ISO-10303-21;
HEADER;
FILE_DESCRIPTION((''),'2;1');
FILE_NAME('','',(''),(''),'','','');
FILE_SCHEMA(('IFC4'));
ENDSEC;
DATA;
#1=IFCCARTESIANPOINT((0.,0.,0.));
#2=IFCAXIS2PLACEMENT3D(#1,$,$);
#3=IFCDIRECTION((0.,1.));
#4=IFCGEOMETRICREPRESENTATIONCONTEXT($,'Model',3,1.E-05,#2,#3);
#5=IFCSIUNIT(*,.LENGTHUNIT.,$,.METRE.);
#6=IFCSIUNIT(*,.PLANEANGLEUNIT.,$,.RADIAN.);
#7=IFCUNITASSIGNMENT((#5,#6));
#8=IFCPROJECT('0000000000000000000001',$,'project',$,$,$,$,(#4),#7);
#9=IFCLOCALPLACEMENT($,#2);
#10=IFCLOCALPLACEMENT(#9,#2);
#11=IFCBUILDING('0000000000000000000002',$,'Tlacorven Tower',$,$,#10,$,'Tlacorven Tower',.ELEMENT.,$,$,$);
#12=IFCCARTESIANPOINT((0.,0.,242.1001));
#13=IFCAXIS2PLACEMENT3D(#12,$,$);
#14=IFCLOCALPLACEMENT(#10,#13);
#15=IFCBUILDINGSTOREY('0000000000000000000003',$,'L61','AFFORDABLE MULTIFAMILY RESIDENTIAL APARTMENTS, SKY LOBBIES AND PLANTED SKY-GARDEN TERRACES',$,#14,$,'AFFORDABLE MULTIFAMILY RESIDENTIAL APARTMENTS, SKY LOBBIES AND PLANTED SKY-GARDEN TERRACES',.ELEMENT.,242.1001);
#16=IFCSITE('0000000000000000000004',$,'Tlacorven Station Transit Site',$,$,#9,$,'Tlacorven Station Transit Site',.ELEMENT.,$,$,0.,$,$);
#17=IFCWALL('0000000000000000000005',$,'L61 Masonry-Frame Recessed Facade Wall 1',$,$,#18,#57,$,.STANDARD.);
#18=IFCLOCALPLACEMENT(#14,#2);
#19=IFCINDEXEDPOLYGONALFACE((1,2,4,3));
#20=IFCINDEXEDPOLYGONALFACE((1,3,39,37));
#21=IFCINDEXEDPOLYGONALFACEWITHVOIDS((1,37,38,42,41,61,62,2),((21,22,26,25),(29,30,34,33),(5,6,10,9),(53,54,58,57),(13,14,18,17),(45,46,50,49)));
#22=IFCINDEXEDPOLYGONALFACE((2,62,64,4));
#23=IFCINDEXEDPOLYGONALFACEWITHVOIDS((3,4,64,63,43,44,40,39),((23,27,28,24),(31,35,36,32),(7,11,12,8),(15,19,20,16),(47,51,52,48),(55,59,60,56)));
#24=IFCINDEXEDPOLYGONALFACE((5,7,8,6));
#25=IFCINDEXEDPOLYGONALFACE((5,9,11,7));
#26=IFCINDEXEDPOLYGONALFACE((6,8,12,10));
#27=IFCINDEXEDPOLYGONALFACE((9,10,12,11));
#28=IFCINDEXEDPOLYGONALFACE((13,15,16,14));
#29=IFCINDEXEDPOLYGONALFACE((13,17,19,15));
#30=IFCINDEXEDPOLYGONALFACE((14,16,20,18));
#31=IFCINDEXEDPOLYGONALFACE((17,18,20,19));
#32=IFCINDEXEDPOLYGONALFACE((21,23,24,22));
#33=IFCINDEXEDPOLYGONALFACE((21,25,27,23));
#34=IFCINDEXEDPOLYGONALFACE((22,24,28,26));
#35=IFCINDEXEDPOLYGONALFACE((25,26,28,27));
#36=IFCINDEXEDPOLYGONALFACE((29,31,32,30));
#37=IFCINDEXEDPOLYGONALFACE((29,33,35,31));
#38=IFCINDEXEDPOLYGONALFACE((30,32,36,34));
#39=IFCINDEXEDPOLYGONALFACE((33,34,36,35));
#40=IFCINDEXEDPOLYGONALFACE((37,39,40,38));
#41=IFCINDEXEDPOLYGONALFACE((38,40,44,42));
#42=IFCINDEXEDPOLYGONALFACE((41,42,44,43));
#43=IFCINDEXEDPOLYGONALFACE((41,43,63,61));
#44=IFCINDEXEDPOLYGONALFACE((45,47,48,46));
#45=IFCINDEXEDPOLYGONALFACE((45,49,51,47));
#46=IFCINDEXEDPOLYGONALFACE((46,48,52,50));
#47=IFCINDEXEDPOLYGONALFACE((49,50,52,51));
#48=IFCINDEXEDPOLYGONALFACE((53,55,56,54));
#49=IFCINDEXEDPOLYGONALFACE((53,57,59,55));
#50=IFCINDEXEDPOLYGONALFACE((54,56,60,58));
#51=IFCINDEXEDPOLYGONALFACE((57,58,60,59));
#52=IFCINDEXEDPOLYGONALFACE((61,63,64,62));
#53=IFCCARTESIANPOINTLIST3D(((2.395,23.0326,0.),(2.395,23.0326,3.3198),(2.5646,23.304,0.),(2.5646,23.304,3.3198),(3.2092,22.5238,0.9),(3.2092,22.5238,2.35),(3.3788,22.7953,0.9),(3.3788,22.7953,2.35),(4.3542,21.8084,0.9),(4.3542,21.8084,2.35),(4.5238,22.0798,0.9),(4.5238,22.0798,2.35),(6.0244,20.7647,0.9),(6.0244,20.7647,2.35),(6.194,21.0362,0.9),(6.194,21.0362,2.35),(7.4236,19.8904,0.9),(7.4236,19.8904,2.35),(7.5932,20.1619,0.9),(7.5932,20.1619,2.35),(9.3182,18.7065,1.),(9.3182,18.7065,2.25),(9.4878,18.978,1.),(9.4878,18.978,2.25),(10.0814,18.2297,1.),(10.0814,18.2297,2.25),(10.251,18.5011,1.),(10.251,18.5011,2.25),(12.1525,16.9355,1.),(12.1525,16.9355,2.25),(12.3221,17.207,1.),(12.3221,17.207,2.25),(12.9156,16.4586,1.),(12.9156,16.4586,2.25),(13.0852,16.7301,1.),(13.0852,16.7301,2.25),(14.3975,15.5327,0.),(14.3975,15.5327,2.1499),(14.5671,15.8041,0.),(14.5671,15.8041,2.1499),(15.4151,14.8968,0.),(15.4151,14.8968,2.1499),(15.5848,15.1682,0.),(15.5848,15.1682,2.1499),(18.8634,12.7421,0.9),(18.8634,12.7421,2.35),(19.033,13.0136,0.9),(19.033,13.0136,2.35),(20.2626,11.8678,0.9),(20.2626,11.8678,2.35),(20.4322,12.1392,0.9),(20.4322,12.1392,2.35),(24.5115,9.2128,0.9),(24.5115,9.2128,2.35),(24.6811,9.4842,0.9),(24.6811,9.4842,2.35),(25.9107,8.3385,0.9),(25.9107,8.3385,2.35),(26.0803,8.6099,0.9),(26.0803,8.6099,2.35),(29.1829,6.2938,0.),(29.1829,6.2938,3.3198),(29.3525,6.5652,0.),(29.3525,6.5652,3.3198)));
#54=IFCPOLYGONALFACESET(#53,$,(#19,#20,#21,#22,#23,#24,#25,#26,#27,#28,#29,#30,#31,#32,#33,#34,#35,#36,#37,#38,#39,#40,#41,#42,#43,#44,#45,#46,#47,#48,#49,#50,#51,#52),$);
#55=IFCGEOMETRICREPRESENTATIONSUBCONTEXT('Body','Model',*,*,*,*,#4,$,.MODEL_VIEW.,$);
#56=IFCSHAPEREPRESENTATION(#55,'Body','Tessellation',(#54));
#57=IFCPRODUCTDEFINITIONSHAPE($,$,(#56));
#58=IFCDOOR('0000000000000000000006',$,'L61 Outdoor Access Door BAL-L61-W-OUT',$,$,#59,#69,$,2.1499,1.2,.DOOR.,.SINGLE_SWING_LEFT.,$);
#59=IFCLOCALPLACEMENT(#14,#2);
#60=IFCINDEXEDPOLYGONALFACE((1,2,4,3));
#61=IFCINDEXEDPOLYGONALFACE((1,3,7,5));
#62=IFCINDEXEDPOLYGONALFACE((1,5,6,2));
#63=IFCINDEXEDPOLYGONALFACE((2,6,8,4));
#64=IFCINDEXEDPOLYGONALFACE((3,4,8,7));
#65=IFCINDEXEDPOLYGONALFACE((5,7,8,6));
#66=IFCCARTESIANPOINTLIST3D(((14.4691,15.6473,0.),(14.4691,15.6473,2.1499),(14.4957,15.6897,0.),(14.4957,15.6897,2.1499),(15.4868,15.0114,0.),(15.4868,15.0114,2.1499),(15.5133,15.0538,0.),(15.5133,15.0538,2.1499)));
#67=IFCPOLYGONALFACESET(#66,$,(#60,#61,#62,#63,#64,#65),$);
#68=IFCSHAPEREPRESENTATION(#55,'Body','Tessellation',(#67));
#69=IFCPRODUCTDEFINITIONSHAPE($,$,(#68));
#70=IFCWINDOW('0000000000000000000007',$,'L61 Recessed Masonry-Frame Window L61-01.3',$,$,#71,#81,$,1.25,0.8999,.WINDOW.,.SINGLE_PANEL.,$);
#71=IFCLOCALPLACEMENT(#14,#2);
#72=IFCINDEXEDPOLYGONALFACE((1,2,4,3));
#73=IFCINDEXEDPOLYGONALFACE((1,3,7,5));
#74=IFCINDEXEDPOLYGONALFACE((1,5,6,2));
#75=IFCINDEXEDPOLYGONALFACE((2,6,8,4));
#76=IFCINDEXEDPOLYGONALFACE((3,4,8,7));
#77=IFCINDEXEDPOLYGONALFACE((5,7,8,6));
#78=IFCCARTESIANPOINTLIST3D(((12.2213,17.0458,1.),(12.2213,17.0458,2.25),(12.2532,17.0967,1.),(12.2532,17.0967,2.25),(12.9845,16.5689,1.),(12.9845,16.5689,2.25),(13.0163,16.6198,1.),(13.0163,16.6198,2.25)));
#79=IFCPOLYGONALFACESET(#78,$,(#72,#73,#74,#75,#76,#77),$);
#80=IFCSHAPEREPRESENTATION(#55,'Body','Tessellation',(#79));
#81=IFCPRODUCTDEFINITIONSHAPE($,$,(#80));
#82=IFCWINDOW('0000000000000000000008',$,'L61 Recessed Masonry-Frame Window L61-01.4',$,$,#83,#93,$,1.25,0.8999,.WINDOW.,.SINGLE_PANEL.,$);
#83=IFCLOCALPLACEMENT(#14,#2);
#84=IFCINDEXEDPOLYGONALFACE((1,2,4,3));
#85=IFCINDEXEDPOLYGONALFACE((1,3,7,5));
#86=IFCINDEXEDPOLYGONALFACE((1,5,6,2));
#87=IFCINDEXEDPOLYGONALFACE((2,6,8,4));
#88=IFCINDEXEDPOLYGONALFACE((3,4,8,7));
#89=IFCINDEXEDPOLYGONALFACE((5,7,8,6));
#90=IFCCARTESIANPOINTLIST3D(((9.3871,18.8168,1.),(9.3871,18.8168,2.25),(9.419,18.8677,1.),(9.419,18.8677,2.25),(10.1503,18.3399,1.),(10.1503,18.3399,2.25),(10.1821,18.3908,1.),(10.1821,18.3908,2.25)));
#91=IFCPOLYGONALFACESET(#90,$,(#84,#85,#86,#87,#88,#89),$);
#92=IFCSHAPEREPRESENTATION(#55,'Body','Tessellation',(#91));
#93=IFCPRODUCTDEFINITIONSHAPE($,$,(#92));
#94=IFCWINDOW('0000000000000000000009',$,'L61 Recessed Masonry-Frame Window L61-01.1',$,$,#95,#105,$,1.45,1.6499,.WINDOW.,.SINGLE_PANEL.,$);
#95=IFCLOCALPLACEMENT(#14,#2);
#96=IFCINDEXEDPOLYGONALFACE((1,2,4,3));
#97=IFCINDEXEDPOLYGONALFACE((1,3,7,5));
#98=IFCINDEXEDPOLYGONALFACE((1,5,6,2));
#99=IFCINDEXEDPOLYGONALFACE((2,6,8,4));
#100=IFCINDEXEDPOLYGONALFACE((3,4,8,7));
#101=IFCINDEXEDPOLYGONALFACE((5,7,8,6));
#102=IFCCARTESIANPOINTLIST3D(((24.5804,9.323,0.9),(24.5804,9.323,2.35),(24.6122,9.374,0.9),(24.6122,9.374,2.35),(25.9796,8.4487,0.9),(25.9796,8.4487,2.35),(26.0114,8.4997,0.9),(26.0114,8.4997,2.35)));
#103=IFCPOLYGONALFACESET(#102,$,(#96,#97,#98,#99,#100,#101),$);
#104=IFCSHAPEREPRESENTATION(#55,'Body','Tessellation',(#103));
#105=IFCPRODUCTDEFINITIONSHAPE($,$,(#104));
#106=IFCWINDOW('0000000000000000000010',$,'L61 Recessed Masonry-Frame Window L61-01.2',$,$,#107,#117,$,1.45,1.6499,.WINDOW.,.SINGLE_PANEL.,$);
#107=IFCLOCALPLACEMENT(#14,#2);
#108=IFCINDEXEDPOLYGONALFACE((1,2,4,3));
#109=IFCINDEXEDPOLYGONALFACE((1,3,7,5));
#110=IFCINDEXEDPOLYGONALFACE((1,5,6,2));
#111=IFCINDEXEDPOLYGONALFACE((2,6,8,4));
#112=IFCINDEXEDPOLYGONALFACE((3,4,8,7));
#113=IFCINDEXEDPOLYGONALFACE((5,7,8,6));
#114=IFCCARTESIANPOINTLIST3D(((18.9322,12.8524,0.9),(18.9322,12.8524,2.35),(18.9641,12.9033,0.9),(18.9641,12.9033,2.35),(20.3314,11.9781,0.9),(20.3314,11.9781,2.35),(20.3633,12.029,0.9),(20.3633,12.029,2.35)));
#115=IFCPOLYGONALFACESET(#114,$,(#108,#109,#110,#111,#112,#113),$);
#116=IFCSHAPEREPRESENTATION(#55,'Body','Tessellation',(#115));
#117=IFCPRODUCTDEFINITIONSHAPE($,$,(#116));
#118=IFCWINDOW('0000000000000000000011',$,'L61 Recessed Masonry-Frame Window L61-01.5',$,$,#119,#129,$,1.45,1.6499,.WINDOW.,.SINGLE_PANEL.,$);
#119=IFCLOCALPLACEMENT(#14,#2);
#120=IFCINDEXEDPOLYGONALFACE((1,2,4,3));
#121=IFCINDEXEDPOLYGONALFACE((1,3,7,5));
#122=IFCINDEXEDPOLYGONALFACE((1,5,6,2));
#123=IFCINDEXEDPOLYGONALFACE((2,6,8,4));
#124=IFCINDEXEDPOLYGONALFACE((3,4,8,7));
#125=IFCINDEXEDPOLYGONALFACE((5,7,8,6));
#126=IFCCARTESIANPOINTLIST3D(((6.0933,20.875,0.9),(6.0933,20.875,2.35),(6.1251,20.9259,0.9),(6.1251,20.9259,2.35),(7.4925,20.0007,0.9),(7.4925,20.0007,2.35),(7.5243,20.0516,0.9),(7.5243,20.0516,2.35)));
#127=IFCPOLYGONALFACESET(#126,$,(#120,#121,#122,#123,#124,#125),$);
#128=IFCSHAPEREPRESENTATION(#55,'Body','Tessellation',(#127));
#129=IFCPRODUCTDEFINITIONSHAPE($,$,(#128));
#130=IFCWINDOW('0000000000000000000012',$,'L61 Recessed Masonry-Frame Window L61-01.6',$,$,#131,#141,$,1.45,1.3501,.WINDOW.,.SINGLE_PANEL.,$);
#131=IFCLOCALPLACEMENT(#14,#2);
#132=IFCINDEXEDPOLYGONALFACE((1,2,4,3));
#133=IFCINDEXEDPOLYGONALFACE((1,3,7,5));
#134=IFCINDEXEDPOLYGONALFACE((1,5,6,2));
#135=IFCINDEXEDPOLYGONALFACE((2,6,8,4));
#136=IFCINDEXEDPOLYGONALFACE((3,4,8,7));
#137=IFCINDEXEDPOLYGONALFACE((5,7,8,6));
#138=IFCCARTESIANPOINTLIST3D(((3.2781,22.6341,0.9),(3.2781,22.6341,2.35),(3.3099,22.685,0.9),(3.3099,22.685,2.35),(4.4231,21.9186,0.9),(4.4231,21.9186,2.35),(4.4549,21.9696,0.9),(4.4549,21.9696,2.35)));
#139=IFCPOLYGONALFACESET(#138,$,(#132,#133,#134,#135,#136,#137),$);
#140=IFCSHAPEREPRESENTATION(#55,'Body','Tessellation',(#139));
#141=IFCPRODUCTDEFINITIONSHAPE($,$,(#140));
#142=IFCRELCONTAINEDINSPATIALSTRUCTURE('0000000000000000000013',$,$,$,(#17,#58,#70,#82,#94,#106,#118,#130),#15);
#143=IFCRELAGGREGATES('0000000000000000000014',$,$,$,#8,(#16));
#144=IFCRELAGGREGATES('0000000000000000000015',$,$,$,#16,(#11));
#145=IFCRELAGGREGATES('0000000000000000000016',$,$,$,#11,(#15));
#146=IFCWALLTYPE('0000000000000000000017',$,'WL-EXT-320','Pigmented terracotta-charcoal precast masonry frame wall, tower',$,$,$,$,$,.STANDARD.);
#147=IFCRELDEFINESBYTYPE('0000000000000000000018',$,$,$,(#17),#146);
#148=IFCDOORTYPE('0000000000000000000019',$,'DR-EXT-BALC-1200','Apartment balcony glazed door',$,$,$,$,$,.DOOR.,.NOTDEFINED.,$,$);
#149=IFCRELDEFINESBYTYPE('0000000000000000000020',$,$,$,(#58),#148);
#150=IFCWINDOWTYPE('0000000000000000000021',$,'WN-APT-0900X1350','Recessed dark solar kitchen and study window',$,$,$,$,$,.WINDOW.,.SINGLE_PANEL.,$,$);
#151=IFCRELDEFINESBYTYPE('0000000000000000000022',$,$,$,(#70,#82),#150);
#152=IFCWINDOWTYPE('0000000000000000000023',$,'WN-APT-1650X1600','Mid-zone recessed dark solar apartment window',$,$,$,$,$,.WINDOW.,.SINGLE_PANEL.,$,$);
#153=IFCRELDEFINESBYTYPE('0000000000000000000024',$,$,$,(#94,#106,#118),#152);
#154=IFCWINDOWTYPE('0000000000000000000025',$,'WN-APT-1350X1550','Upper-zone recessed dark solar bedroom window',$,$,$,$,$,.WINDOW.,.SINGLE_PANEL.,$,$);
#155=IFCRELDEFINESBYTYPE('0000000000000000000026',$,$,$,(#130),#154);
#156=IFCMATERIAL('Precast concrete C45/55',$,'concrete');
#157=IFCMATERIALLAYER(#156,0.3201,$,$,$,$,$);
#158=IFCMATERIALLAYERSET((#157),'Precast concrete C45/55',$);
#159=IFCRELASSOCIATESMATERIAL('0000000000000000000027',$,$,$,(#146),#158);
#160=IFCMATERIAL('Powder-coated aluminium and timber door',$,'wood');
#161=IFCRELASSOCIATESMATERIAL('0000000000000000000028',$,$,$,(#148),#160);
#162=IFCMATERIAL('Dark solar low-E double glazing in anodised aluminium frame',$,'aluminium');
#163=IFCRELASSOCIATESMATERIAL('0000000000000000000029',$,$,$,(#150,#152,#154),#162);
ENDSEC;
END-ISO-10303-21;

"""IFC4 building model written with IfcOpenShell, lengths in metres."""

from ifc_helpers import new_model, si_unit, direction, frame, frame_2d, origin, place, context, subcontext, project, spatial, rectangle, extrude, source, transform, mapped, material, layer, layer_set, type_object, element, fill, save


model = new_model("IFC4")

# Units and contexts
model_context = context("Model", 3, precision=1e-05, world=origin(), true_north=direction((0.0, 1.0)))
body_context = subcontext(model_context, "Body", "Model", "MODEL_VIEW")
ifc_project = project(units=[si_unit("LENGTHUNIT", "METRE"), si_unit("PLANEANGLEUNIT", "RADIAN")], contexts=[model_context])

# Site, building, storey
site_placement = place(None, origin())
site = spatial("IfcSite", under=ifc_project, at=site_placement, Name="Tlacorven Station Transit Site", LongName="Tlacorven Station Transit Site", CompositionType="ELEMENT", RefElevation=0.0)
building_placement = place(site_placement, origin())
building = spatial("IfcBuilding", under=site, at=building_placement, Name="Tlacorven Tower", LongName="Tlacorven Tower", CompositionType="ELEMENT")
storey_placement = place(building_placement, frame((0.0, 0.0, 242.1001)))
storey = spatial("IfcBuildingStorey", under=building, at=storey_placement, Name="L61", Description="AFFORDABLE MULTIFAMILY RESIDENTIAL APARTMENTS, SKY LOBBIES AND PLANTED SKY-GARDEN TERRACES", LongName="AFFORDABLE MULTIFAMILY RESIDENTIAL APARTMENTS, SKY LOBBIES AND PLANTED SKY-GARDEN TERRACES", CompositionType="ELEMENT", Elevation=242.1001)

# Wall, openings, door, windows
ifc_material_1 = material(Name="Precast concrete C45/55", Category="concrete")
ifc_layer_1 = layer(ifc_material_1, 0.3201)
ifc_layer_set_1 = layer_set([ifc_layer_1], Name="Precast concrete C45/55")
wall_type_1 = type_object("IfcWallType", Name="WL-EXT-320", Description="Pigmented terracotta-charcoal precast masonry frame wall, tower", PredefinedType="STANDARD", material=ifc_layer_set_1)
wall_1_placement = place(storey_placement, frame((29.2678, 6.4294, 0.0), z_axis=(0.0, 0.0, 1.0), x_axis=(-0.84805, 0.529916, 0.0)))
wall_1 = element("IfcWall", 1, at=wall_1_placement, inside=storey, type_object=wall_type_1, Name="L61 Masonry-Frame Recessed Facade Wall 1", PredefinedType="STANDARD", context=body_context, shape_type="SweptSolid", body=[
    extrude(rectangle(XDim=31.5876, YDim=0.3201, at=frame_2d((15.7939, 0.0))), origin(), (0.0, 0.0, 1.0), 3.3198),
])
opening_1_placement = place(wall_1_placement, frame((16.2346, 0.0, 0.0)))
opening_1 = element("IfcOpeningElement", 2, at=opening_1_placement, cuts=wall_1, PredefinedType="OPENING", context=body_context, shape_type="SweptSolid", body=[
    extrude(rectangle(XDim=1.2, YDim=2.1499, at=frame_2d((0.6001, 1.075))), frame((0.0, 0.1699, 0.0), z_axis=(0.0, -1.0, 0.0), x_axis=(1.0, 0.0, 0.0)), (0.0, 0.0, 1.0), 0.3401),
])
opening_2_placement = place(wall_1_placement, frame((3.8586, 0.0, 0.8999)))
opening_2 = element("IfcOpeningElement", 3, at=opening_2_placement, cuts=wall_1, PredefinedType="OPENING", context=body_context, shape_type="SweptSolid", body=[
    extrude(rectangle(XDim=1.6499, YDim=1.45, at=frame_2d((0.825, 0.7251))), frame((0.0, 0.1699, 0.0), z_axis=(0.0, -1.0, 0.0), x_axis=(1.0, 0.0, 0.0)), (0.0, 0.0, 1.0), 0.3401),
])
opening_3_placement = place(wall_1_placement, frame((10.5188, 0.0, 0.8999)))
opening_3 = element("IfcOpeningElement", 4, at=opening_3_placement, cuts=wall_1, PredefinedType="OPENING", context=body_context, shape_type="SweptSolid", body=[
    extrude(rectangle(XDim=1.6499, YDim=1.45, at=frame_2d((0.825, 0.7251))), frame((0.0, 0.1699, 0.0), z_axis=(0.0, -1.0, 0.0), x_axis=(1.0, 0.0, 0.0)), (0.0, 0.0, 1.0), 0.3401),
])
opening_4_placement = place(wall_1_placement, frame((19.1821, 0.0, 1.0)))
opening_4 = element("IfcOpeningElement", 5, at=opening_4_placement, cuts=wall_1, PredefinedType="OPENING", context=body_context, shape_type="SweptSolid", body=[
    extrude(rectangle(XDim=0.8999, YDim=1.25, at=frame_2d((0.45, 0.625))), frame((0.0, 0.1699, 0.0), z_axis=(0.0, -1.0, 0.0), x_axis=(1.0, 0.0, 0.0)), (0.0, 0.0, 1.0), 0.3401),
])
opening_5_placement = place(wall_1_placement, frame((22.5242, 0.0, 1.0)))
opening_5 = element("IfcOpeningElement", 6, at=opening_5_placement, cuts=wall_1, PredefinedType="OPENING", context=body_context, shape_type="SweptSolid", body=[
    extrude(rectangle(XDim=0.8999, YDim=1.25, at=frame_2d((0.45, 0.625))), frame((0.0, 0.1699, 0.0), z_axis=(0.0, -1.0, 0.0), x_axis=(1.0, 0.0, 0.0)), (0.0, 0.0, 1.0), 0.3401),
])
opening_6_placement = place(wall_1_placement, frame((25.6582, 0.0, 0.8999)))
opening_6 = element("IfcOpeningElement", 7, at=opening_6_placement, cuts=wall_1, PredefinedType="OPENING", context=body_context, shape_type="SweptSolid", body=[
    extrude(rectangle(XDim=1.6499, YDim=1.45, at=frame_2d((0.825, 0.7251))), frame((0.0, 0.1699, 0.0), z_axis=(0.0, -1.0, 0.0), x_axis=(1.0, 0.0, 0.0)), (0.0, 0.0, 1.0), 0.3401),
])
opening_7_placement = place(wall_1_placement, frame((29.2776, 0.0, 0.8999)))
opening_7 = element("IfcOpeningElement", 8, at=opening_7_placement, cuts=wall_1, PredefinedType="OPENING", context=body_context, shape_type="SweptSolid", body=[
    extrude(rectangle(XDim=1.3501, YDim=1.45, at=frame_2d((0.675, 0.7251))), frame((0.0, 0.1699, 0.0), z_axis=(0.0, -1.0, 0.0), x_axis=(1.0, 0.0, 0.0)), (0.0, 0.0, 1.0), 0.3401),
])
ifc_material_2 = material(Name="Powder-coated aluminium and timber door", Category="wood")
door_type_1 = type_object("IfcDoorType", Name="DR-EXT-BALC-1200", Description="Apartment balcony glazed door", OperationType="NOTDEFINED", PredefinedType="DOOR", material=ifc_material_2)
shared_shape_1 = source(origin(), body_context, "Body", "SweptSolid", [
    extrude(rectangle(XDim=1.2, YDim=2.1499, at=frame_2d((0.6001, 1.075))), frame((0.0, 0.0249, 0.0), z_axis=(0.0, -1.0, 0.0), x_axis=(1.0, 0.0, 0.0)), (0.0, 0.0, 1.0), 0.05),
])
door_1_placement = place(opening_1_placement, origin())
door_1 = element("IfcDoor", 9, at=door_1_placement, inside=storey, type_object=door_type_1, Name="L61 Outdoor Access Door BAL-L61-W-OUT", OperationType="SINGLE_SWING_LEFT", OverallHeight=2.1499, OverallWidth=1.2, PredefinedType="DOOR", context=body_context, shape_type="MappedRepresentation", body=[
    mapped(shared_shape_1, transform((0.0, 0.0, 0.0), scale=1.0)),
])
fill(opening_1, door_1)
ifc_material_3 = material(Name="Dark solar low-E double glazing in anodised aluminium frame", Category="aluminium")
window_type_1 = type_object("IfcWindowType", Name="WN-APT-0900X1350", Description="Recessed dark solar kitchen and study window", PartitioningType="SINGLE_PANEL", PredefinedType="WINDOW", material=ifc_material_3)
shared_shape_2 = source(origin(), body_context, "Body", "SweptSolid", [
    extrude(rectangle(XDim=0.8999, YDim=1.25, at=frame_2d((0.45, 0.625))), frame((0.0, 0.03, 0.0), z_axis=(0.0, -1.0, 0.0), x_axis=(1.0, 0.0, 0.0)), (0.0, 0.0, 1.0), 0.0601),
])
window_1_placement = place(opening_4_placement, origin())
window_1 = element("IfcWindow", 10, at=window_1_placement, inside=storey, type_object=window_type_1, Name="L61 Recessed Masonry-Frame Window L61-01.3", OverallHeight=1.25, OverallWidth=0.8999, PartitioningType="SINGLE_PANEL", PredefinedType="WINDOW", context=body_context, shape_type="MappedRepresentation", body=[
    mapped(shared_shape_2, transform((0.0, 0.0, 0.0), scale=1.0)),
])
fill(opening_4, window_1)
window_2_placement = place(opening_5_placement, origin())
window_2 = element("IfcWindow", 11, at=window_2_placement, inside=storey, type_object=window_type_1, Name="L61 Recessed Masonry-Frame Window L61-01.4", OverallHeight=1.25, OverallWidth=0.8999, PartitioningType="SINGLE_PANEL", PredefinedType="WINDOW", context=body_context, shape_type="MappedRepresentation", body=[
    mapped(shared_shape_2, transform((0.0, 0.0, 0.0), scale=1.0)),
])
fill(opening_5, window_2)
window_type_2 = type_object("IfcWindowType", Name="WN-APT-1650X1600", Description="Mid-zone recessed dark solar apartment window", PartitioningType="SINGLE_PANEL", PredefinedType="WINDOW", material=ifc_material_3)
shared_shape_3 = source(origin(), body_context, "Body", "SweptSolid", [
    extrude(rectangle(XDim=1.6499, YDim=1.45, at=frame_2d((0.825, 0.7251))), frame((0.0, 0.03, 0.0), z_axis=(0.0, -1.0, 0.0), x_axis=(1.0, 0.0, 0.0)), (0.0, 0.0, 1.0), 0.0601),
])
window_3_placement = place(opening_2_placement, origin())
window_3 = element("IfcWindow", 12, at=window_3_placement, inside=storey, type_object=window_type_2, Name="L61 Recessed Masonry-Frame Window L61-01.1", OverallHeight=1.45, OverallWidth=1.6499, PartitioningType="SINGLE_PANEL", PredefinedType="WINDOW", context=body_context, shape_type="MappedRepresentation", body=[
    mapped(shared_shape_3, transform((0.0, 0.0, 0.0), scale=1.0)),
])
fill(opening_2, window_3)
window_4_placement = place(opening_3_placement, origin())
window_4 = element("IfcWindow", 13, at=window_4_placement, inside=storey, type_object=window_type_2, Name="L61 Recessed Masonry-Frame Window L61-01.2", OverallHeight=1.45, OverallWidth=1.6499, PartitioningType="SINGLE_PANEL", PredefinedType="WINDOW", context=body_context, shape_type="MappedRepresentation", body=[
    mapped(shared_shape_3, transform((0.0, 0.0, 0.0), scale=1.0)),
])
fill(opening_3, window_4)
window_5_placement = place(opening_6_placement, origin())
window_5 = element("IfcWindow", 14, at=window_5_placement, inside=storey, type_object=window_type_2, Name="L61 Recessed Masonry-Frame Window L61-01.5", OverallHeight=1.45, OverallWidth=1.6499, PartitioningType="SINGLE_PANEL", PredefinedType="WINDOW", context=body_context, shape_type="MappedRepresentation", body=[
    mapped(shared_shape_3, transform((0.0, 0.0, 0.0), scale=1.0)),
])
fill(opening_6, window_5)
window_type_3 = type_object("IfcWindowType", Name="WN-APT-1350X1550", Description="Upper-zone recessed dark solar bedroom window", PartitioningType="SINGLE_PANEL", PredefinedType="WINDOW", material=ifc_material_3)
shared_shape_4 = source(origin(), body_context, "Body", "SweptSolid", [
    extrude(rectangle(XDim=1.3501, YDim=1.45, at=frame_2d((0.675, 0.7251))), frame((0.0, 0.03, 0.0), z_axis=(0.0, -1.0, 0.0), x_axis=(1.0, 0.0, 0.0)), (0.0, 0.0, 1.0), 0.0601),
])
window_6_placement = place(opening_7_placement, origin())
window_6 = element("IfcWindow", 15, at=window_6_placement, inside=storey, type_object=window_type_3, Name="L61 Recessed Masonry-Frame Window L61-01.6", OverallHeight=1.45, OverallWidth=1.3501, PartitioningType="SINGLE_PANEL", PredefinedType="WINDOW", context=body_context, shape_type="MappedRepresentation", body=[
    mapped(shared_shape_4, transform((0.0, 0.0, 0.0), scale=1.0)),
])
fill(opening_7, window_6)

save(model, "model.ifc")
